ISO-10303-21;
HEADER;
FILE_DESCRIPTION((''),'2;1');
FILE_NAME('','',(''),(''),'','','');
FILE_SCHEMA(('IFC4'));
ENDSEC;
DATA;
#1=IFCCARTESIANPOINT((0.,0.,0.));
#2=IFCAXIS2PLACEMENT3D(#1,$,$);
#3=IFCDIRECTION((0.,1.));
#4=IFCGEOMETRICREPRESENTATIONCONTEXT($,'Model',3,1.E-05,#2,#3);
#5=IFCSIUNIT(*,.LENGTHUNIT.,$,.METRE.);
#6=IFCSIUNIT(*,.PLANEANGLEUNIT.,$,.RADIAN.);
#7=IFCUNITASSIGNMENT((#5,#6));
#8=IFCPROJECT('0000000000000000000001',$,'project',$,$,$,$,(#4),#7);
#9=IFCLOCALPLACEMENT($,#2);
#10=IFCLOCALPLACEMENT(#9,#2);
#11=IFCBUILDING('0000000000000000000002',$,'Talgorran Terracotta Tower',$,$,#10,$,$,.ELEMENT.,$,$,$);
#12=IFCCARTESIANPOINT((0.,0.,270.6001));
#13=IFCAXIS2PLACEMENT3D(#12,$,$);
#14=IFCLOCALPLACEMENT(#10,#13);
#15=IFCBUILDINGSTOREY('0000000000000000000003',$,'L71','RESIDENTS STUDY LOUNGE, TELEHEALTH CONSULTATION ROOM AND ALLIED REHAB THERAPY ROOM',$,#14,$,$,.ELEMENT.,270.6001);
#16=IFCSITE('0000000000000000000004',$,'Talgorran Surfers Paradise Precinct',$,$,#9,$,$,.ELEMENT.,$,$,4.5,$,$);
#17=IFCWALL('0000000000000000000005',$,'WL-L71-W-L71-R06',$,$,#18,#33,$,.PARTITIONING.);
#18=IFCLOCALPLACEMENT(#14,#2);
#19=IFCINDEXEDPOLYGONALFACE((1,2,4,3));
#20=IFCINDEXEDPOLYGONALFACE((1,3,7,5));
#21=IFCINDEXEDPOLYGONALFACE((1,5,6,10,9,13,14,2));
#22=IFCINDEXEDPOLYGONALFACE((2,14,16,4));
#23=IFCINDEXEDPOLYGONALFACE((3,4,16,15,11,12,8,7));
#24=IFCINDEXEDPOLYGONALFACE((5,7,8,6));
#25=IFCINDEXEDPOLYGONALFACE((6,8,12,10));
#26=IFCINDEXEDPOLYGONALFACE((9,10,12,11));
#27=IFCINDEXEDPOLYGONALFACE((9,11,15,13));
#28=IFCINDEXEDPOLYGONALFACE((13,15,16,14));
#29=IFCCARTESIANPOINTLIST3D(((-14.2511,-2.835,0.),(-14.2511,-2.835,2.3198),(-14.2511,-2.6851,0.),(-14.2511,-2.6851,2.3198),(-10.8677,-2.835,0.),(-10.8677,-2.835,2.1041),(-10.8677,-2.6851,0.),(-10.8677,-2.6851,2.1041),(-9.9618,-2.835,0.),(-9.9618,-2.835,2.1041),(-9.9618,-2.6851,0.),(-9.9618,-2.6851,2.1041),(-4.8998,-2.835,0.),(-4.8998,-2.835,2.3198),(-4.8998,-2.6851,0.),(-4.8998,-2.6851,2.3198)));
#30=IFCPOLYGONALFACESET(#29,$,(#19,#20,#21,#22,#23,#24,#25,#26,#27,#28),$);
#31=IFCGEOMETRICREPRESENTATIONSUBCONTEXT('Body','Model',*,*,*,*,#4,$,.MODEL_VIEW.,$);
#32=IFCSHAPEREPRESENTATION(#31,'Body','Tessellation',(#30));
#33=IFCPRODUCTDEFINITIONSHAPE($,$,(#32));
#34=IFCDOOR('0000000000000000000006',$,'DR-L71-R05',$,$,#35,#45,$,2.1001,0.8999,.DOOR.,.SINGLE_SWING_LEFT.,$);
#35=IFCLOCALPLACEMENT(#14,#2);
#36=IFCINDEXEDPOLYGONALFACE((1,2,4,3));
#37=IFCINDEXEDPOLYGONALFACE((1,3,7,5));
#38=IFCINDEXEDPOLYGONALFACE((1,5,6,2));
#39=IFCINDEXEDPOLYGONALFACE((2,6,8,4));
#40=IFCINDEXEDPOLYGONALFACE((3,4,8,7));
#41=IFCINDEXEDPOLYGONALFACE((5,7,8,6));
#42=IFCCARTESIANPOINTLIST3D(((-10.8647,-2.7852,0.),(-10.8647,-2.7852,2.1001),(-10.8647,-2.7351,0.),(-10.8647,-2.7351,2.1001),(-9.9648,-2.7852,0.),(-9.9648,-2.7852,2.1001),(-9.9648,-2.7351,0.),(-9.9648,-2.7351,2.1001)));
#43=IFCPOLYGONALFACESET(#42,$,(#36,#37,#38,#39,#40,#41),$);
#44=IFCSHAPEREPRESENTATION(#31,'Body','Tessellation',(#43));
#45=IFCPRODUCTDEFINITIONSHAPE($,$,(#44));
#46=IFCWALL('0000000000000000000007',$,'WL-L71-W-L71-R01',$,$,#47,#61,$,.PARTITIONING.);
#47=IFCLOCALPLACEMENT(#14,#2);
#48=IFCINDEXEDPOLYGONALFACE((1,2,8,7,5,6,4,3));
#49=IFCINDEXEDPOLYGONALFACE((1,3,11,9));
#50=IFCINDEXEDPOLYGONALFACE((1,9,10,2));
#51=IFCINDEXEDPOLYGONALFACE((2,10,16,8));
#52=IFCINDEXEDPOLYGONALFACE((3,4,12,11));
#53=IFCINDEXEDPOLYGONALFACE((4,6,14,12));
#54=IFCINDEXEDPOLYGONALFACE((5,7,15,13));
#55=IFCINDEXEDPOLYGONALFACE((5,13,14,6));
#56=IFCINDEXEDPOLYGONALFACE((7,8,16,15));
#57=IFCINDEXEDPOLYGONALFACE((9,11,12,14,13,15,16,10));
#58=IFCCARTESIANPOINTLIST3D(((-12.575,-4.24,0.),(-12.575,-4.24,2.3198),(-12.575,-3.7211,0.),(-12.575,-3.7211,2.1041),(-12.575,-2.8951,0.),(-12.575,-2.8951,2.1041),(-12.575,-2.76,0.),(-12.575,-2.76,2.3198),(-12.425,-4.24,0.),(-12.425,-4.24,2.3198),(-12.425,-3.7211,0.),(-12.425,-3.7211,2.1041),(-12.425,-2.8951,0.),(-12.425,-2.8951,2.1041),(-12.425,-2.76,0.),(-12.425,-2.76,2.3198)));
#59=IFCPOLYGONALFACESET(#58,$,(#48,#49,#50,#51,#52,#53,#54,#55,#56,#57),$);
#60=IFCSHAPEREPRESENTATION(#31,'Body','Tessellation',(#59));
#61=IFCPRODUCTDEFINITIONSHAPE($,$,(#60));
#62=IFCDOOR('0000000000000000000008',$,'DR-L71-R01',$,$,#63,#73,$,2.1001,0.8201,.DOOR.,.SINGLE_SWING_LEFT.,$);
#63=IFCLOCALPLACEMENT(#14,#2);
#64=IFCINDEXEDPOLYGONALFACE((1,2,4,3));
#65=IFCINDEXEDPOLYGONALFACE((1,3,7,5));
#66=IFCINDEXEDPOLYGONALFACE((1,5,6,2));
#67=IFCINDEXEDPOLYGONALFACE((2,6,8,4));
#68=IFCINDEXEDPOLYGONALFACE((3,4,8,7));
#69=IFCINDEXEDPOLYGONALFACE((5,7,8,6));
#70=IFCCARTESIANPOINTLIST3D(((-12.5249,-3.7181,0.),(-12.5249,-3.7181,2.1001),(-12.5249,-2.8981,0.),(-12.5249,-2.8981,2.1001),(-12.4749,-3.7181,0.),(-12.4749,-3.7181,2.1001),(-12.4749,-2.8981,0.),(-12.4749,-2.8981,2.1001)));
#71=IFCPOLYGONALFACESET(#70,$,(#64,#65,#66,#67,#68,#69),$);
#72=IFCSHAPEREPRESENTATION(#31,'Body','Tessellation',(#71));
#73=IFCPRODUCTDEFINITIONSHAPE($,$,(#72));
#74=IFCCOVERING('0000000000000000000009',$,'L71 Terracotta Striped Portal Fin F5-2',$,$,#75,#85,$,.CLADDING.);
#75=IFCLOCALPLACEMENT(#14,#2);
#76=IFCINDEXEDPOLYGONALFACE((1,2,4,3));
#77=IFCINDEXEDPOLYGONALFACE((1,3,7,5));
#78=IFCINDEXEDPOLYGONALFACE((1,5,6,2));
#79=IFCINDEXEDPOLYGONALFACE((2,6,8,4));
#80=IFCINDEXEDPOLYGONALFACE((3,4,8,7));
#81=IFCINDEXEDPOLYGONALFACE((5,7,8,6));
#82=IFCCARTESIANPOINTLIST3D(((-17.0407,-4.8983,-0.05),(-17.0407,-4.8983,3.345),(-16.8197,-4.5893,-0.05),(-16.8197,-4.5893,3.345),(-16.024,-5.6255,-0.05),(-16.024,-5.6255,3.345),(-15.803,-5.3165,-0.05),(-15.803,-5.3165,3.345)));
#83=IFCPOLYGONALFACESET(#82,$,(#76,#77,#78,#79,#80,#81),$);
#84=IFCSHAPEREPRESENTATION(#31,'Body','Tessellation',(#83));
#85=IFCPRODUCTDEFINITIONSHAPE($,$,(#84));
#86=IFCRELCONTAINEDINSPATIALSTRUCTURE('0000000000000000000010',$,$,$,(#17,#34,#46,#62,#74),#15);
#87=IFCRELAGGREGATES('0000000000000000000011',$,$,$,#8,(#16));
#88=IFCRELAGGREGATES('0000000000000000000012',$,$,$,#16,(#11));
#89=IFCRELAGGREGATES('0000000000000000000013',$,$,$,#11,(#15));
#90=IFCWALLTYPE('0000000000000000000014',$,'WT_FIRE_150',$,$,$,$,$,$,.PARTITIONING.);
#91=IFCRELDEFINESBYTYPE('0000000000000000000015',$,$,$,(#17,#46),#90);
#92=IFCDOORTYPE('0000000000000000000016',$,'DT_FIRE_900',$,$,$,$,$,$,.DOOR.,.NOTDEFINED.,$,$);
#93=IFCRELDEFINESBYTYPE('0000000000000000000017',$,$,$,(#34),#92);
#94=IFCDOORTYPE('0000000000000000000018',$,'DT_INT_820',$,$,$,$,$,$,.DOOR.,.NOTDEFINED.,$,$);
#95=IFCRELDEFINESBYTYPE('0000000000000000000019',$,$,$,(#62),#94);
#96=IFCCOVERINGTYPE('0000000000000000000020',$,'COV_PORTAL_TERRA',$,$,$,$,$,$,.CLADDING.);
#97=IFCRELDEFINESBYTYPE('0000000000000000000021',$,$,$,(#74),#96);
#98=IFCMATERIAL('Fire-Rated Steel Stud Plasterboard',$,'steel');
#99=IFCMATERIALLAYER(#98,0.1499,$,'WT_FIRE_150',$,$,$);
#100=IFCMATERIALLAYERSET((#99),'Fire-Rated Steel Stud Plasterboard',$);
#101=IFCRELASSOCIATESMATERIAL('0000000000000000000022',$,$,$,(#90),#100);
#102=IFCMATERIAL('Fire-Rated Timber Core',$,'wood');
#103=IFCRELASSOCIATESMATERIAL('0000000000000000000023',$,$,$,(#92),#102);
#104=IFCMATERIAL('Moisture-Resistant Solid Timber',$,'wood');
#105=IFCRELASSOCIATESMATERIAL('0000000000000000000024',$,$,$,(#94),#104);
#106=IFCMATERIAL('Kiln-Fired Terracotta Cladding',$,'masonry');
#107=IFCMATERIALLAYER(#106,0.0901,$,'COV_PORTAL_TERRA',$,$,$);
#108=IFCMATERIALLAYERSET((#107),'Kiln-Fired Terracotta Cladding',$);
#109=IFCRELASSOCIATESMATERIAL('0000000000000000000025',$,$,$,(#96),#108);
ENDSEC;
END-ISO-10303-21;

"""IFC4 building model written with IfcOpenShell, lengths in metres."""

from ifc_helpers import new_model, si_unit, direction, frame, frame_2d, origin, origin_2d, place, context, subcontext, project, spatial, rectangle, extrude, material, layer, layer_set, type_object, element, fill, save


model = new_model("IFC4")

# Units and contexts
model_context = context("Model", 3, precision=1e-05, world=origin(), true_north=direction((0.0, 1.0)))
body_context = subcontext(model_context, "Body", "Model", "MODEL_VIEW")
ifc_project = project(units=[si_unit("LENGTHUNIT", "METRE"), si_unit("PLANEANGLEUNIT", "RADIAN")], contexts=[model_context])

# Site, building, storey
site_placement = place(None, origin())
site = spatial("IfcSite", under=ifc_project, at=site_placement, Name="Talgorran Surfers Paradise Precinct", CompositionType="ELEMENT", RefElevation=4.5)
building_placement = place(site_placement, origin())
building = spatial("IfcBuilding", under=site, at=building_placement, Name="Talgorran Terracotta Tower", CompositionType="ELEMENT")
storey_placement = place(building_placement, frame((0.0, 0.0, 270.6001)))
storey = spatial("IfcBuildingStorey", under=building, at=storey_placement, Name="L71", Description="RESIDENTS STUDY LOUNGE, TELEHEALTH CONSULTATION ROOM AND ALLIED REHAB THERAPY ROOM", CompositionType="ELEMENT", Elevation=270.6001)

# Walls, openings, doors
ifc_material_1 = material(Name="Fire-Rated Steel Stud Plasterboard", Category="steel")
ifc_layer_1 = layer(ifc_material_1, 0.1499, Name="WT_FIRE_150")
ifc_layer_set_1 = layer_set([ifc_layer_1], Name="Fire-Rated Steel Stud Plasterboard")
wall_type_1 = type_object("IfcWallType", Name="WT_FIRE_150", PredefinedType="PARTITIONING", material=ifc_layer_set_1)
wall_1_placement = place(storey_placement, frame((-14.2512, -2.76, 0.0), z_axis=(0.0, 0.0, 1.0), x_axis=(1.0, 0.0, 0.0)))
wall_1 = element("IfcWall", 1, at=wall_1_placement, inside=storey, type_object=wall_type_1, Name="WL-L71-W-L71-R06", PredefinedType="PARTITIONING", context=body_context, shape_type="SweptSolid", body=[
    extrude(rectangle(XDim=9.3513, YDim=0.1499, at=frame_2d((4.6758, 0.0))), origin(), (0.0, 0.0, 1.0), 2.3198),
])
opening_1_placement = place(wall_1_placement, frame((3.3865, 0.0, 0.0)))
opening_1 = element("IfcOpeningElement", 2, at=opening_1_placement, cuts=wall_1, PredefinedType="OPENING", context=body_context, shape_type="SweptSolid", body=[
    extrude(rectangle(XDim=0.9059, YDim=2.1041, at=frame_2d((0.45, 1.052))), frame((0.0, 0.085, 0.0), z_axis=(0.0, -1.0, 0.0), x_axis=(1.0, 0.0, 0.0)), (0.0, 0.0, 1.0), 0.1699),
])
ifc_material_2 = material(Name="Fire-Rated Timber Core", Category="wood")
door_type_1 = type_object("IfcDoorType", Name="DT_FIRE_900", OperationType="NOTDEFINED", PredefinedType="DOOR", material=ifc_material_2)
door_1_placement = place(opening_1_placement, origin())
door_1 = element("IfcDoor", 3, at=door_1_placement, inside=storey, type_object=door_type_1, Name="DR-L71-R05", OperationType="SINGLE_SWING_LEFT", OverallHeight=2.1001, OverallWidth=0.8999, PredefinedType="DOOR", context=body_context, shape_type="SweptSolid", body=[
    extrude(rectangle(XDim=0.8999, YDim=2.1001, at=frame_2d((0.45, 1.05))), frame((0.0, 0.0249, 0.0), z_axis=(0.0, -1.0, 0.0), x_axis=(1.0, 0.0, 0.0)), (0.0, 0.0, 1.0), 0.05),
])
fill(opening_1, door_1)
wall_2_placement = place(storey_placement, frame((-12.5, -4.24, 0.0), z_axis=(0.0, 0.0, 1.0), x_axis=(0.0, 1.0, 0.0)))
wall_2 = element("IfcWall", 4, at=wall_2_placement, inside=storey, type_object=wall_type_1, Name="WL-L71-W-L71-R01", PredefinedType="PARTITIONING", context=body_context, shape_type="SweptSolid", body=[
    extrude(rectangle(XDim=1.48, YDim=0.1499, at=frame_2d((0.74, 0.0))), origin(), (0.0, 0.0, 1.0), 2.3198),
])
opening_2_placement = place(wall_2_placement, frame((0.5217, 0.0, 0.0)))
opening_2 = element("IfcOpeningElement", 5, at=opening_2_placement, cuts=wall_2, PredefinedType="OPENING", context=body_context, shape_type="SweptSolid", body=[
    extrude(rectangle(XDim=0.8261, YDim=2.1041, at=frame_2d((0.4102, 1.052))), frame((0.0, 0.085, 0.0), z_axis=(0.0, -1.0, 0.0), x_axis=(1.0, 0.0, 0.0)), (0.0, 0.0, 1.0), 0.1699),
])
ifc_material_3 = material(Name="Moisture-Resistant Solid Timber", Category="wood")
door_type_2 = type_object("IfcDoorType", Name="DT_INT_820", OperationType="NOTDEFINED", PredefinedType="DOOR", material=ifc_material_3)
door_2_placement = place(opening_2_placement, origin())
door_2 = element("IfcDoor", 6, at=door_2_placement, inside=storey, type_object=door_type_2, Name="DR-L71-R01", OperationType="SINGLE_SWING_LEFT", OverallHeight=2.1001, OverallWidth=0.8201, PredefinedType="DOOR", context=body_context, shape_type="SweptSolid", body=[
    extrude(rectangle(XDim=0.8201, YDim=2.1001, at=frame_2d((0.4102, 1.05))), frame((0.0, 0.0249, 0.0), z_axis=(0.0, -1.0, 0.0), x_axis=(1.0, 0.0, 0.0)), (0.0, 0.0, 1.0), 0.05),
])
fill(opening_2, door_2)

# Covering
ifc_material_4 = material(Name="Kiln-Fired Terracotta Cladding", Category="masonry")
ifc_layer_2 = layer(ifc_material_4, 0.0901, Name="COV_PORTAL_TERRA")
ifc_layer_set_2 = layer_set([ifc_layer_2], Name="Kiln-Fired Terracotta Cladding")
covering_type = type_object("IfcCoveringType", Name="COV_PORTAL_TERRA", PredefinedType="CLADDING", material=ifc_layer_set_2)
covering_placement = place(storey_placement, frame((-16.4219, -5.1074, -0.05), z_axis=(0.0, 0.0, 1.0), x_axis=(-0.581726, -0.813385, 0.0)))
element("IfcCovering", 7, at=covering_placement, inside=storey, type_object=covering_type, Name="L71 Terracotta Striped Portal Fin F5-2", PredefinedType="CLADDING", context=body_context, shape_type="SweptSolid", body=[
    extrude(rectangle(XDim=0.3799, YDim=1.25, at=origin_2d()), origin(), (0.0, 0.0, 1.0), 3.395),
])

save(model, "model.ifc")
